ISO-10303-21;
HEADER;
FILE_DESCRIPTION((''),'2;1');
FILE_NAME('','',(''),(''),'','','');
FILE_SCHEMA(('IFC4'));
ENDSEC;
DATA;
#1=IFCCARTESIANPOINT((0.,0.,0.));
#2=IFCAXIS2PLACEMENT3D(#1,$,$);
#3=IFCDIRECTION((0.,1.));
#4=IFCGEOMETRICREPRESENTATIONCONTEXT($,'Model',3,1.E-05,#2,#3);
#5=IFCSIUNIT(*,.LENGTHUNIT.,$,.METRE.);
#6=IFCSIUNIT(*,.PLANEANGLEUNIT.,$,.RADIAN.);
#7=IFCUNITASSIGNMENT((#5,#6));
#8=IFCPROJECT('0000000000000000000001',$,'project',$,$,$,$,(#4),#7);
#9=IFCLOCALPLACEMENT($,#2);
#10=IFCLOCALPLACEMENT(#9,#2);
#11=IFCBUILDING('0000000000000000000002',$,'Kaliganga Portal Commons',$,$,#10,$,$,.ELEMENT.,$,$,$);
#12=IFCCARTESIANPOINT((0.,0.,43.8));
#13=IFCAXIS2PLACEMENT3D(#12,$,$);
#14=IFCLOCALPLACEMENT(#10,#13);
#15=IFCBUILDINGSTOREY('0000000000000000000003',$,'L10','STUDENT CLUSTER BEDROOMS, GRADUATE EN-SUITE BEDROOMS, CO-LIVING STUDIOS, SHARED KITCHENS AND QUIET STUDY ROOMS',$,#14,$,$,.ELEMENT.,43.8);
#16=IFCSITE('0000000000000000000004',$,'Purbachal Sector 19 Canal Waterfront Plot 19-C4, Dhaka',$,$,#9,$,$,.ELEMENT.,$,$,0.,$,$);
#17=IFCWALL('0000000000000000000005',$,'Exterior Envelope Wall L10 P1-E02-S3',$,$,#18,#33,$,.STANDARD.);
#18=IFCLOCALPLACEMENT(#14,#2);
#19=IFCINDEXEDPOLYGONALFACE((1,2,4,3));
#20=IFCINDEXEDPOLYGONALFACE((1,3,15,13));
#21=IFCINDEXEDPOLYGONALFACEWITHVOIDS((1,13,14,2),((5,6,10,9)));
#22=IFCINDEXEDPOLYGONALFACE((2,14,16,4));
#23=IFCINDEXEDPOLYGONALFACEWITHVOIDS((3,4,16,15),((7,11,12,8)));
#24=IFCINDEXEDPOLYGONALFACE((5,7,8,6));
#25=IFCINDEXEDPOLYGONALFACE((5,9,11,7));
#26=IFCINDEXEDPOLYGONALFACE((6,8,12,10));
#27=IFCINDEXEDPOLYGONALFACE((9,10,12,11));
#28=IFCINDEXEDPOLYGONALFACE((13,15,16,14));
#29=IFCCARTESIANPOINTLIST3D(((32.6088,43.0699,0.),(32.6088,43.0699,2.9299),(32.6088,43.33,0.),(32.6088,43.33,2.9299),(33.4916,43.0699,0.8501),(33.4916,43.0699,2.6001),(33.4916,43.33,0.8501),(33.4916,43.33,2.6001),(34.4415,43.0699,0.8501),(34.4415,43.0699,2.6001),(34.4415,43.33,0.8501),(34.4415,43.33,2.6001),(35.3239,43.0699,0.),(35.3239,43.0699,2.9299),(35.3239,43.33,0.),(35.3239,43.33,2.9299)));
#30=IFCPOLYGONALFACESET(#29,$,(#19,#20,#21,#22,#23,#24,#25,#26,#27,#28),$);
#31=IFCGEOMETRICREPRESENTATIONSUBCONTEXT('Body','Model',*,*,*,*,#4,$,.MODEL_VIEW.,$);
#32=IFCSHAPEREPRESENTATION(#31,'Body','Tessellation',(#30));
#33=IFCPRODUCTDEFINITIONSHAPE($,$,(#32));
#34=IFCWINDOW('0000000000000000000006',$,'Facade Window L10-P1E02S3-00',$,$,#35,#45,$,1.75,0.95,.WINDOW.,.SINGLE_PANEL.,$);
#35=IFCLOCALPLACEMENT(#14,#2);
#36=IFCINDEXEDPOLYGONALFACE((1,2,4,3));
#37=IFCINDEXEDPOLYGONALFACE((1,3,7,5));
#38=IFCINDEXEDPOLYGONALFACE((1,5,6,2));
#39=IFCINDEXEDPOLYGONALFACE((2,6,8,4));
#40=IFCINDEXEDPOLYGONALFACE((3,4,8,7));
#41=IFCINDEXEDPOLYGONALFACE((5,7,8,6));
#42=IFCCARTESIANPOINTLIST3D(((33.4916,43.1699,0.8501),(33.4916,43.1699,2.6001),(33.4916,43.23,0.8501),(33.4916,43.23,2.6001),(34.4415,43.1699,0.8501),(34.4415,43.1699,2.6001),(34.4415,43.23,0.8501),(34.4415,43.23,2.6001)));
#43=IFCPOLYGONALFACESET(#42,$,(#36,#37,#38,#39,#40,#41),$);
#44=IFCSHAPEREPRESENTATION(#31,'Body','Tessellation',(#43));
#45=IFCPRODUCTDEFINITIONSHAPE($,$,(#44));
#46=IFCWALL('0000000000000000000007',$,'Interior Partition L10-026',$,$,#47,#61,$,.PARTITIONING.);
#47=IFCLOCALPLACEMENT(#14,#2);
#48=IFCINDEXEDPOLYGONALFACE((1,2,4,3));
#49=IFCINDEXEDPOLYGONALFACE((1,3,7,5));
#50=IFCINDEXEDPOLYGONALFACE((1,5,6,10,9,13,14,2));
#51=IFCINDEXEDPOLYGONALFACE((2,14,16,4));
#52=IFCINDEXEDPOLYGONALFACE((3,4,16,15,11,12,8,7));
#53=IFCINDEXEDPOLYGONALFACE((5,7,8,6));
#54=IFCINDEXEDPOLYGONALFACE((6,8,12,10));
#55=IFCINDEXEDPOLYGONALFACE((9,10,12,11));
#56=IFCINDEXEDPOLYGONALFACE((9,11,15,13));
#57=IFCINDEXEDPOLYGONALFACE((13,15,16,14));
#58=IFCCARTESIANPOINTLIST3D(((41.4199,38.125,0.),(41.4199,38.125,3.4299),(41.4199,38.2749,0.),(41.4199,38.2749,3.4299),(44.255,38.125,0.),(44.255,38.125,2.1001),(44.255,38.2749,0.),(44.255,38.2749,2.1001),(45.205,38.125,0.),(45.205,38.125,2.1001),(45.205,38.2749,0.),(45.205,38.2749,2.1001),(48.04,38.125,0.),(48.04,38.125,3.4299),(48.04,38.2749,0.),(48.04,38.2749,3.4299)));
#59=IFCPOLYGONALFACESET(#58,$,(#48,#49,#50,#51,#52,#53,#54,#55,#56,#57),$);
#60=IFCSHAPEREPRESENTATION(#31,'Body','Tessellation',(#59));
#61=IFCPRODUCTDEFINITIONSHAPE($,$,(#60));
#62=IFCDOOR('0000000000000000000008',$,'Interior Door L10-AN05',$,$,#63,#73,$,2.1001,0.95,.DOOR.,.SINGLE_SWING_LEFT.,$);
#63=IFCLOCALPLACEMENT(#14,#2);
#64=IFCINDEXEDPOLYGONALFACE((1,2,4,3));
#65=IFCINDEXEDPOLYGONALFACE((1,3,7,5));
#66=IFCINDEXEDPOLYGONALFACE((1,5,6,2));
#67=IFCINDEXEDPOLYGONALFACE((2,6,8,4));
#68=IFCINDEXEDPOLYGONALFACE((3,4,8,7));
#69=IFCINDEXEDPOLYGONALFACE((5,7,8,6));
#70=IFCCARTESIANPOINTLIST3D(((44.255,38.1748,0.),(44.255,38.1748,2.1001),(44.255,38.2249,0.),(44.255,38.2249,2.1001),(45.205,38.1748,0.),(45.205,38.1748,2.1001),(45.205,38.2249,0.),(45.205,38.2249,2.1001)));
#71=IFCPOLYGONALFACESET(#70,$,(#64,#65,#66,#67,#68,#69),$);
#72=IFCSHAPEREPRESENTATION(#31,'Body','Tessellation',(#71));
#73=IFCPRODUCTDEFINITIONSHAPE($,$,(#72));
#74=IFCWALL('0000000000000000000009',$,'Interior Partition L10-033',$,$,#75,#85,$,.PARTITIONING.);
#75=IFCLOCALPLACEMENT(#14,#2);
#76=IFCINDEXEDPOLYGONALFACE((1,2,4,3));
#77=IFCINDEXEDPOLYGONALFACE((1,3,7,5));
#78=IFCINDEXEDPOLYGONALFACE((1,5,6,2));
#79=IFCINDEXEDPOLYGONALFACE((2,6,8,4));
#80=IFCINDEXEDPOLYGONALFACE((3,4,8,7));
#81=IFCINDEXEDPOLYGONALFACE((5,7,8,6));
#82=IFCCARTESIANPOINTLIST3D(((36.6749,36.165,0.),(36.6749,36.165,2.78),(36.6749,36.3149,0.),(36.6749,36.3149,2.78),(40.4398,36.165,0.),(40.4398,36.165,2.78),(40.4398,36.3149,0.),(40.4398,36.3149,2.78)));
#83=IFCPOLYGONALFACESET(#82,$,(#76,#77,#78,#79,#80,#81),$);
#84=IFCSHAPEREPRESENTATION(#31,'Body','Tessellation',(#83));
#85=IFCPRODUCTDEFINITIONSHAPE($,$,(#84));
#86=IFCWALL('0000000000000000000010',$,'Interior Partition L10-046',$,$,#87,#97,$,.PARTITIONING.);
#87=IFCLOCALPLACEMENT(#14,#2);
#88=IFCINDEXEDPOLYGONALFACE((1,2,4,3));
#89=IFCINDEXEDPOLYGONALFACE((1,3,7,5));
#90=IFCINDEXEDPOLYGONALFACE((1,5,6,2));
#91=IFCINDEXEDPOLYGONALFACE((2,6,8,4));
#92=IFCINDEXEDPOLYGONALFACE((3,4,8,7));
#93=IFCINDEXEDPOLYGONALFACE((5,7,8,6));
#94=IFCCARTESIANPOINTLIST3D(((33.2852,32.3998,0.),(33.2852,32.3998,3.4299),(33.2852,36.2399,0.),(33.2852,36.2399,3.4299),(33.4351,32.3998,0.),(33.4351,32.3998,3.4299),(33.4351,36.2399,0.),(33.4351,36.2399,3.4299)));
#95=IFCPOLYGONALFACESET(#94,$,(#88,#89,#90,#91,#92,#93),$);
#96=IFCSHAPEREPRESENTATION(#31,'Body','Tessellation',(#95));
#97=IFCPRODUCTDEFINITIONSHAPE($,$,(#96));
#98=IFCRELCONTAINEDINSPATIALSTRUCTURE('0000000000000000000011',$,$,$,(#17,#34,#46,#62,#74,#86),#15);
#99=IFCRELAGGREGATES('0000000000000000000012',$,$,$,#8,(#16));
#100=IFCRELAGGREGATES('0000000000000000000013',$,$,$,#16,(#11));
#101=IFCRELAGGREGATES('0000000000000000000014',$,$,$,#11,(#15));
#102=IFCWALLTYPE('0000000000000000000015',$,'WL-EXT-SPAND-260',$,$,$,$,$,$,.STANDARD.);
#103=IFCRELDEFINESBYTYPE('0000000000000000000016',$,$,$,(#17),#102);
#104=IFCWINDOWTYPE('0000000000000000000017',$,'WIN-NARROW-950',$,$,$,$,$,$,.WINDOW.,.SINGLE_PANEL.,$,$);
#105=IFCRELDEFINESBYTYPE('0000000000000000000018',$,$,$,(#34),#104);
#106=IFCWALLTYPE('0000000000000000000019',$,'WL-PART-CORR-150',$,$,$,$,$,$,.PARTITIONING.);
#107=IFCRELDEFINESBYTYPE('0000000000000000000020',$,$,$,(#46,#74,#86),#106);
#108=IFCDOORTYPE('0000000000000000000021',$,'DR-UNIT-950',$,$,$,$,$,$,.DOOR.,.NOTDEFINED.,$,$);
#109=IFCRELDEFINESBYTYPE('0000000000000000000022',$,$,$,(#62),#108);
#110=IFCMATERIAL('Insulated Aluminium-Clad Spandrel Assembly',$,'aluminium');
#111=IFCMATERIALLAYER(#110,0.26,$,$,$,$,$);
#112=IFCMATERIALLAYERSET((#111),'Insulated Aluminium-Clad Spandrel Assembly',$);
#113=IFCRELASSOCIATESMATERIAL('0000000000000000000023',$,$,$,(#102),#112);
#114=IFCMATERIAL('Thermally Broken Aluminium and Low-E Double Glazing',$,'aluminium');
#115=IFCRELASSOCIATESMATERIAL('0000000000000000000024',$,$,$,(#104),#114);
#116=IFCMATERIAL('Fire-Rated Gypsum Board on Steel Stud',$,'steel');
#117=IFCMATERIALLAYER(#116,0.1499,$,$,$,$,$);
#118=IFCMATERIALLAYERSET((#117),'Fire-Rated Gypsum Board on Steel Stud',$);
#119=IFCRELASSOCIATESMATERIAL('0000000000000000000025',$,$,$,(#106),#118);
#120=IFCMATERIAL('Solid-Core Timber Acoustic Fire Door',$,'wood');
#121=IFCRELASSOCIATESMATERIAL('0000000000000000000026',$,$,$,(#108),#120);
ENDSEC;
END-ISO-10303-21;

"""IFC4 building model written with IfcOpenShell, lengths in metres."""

from ifc_helpers import new_model, si_unit, direction, frame, frame_2d, origin, place, context, subcontext, project, spatial, rectangle, extrude, material, layer, layer_set, type_object, element, fill, save


model = new_model("IFC4")

# Units and contexts
model_context = context("Model", 3, precision=1e-05, world=origin(), true_north=direction((0.0, 1.0)))
body_context = subcontext(model_context, "Body", "Model", "MODEL_VIEW")
ifc_project = project(units=[si_unit("LENGTHUNIT", "METRE"), si_unit("PLANEANGLEUNIT", "RADIAN")], contexts=[model_context])

# Site, building, storey
site_placement = place(None, origin())
site = spatial("IfcSite", under=ifc_project, at=site_placement, Name="Purbachal Sector 19 Canal Waterfront Plot 19-C4, Dhaka", CompositionType="ELEMENT", RefElevation=0.0)
building_placement = place(site_placement, origin())
building = spatial("IfcBuilding", under=site, at=building_placement, Name="Kaliganga Portal Commons", CompositionType="ELEMENT")
storey_placement = place(building_placement, frame((0.0, 0.0, 43.8)))
storey = spatial("IfcBuildingStorey", under=building, at=storey_placement, Name="L10", Description="STUDENT CLUSTER BEDROOMS, GRADUATE EN-SUITE BEDROOMS, CO-LIVING STUDIOS, SHARED KITCHENS AND QUIET STUDY ROOMS", CompositionType="ELEMENT", Elevation=43.8)

# Shared definitions
ifc_material_1 = material(Name="Insulated Aluminium-Clad Spandrel Assembly", Category="aluminium")
ifc_layer_1 = layer(ifc_material_1, 0.26)
ifc_layer_set_1 = layer_set([ifc_layer_1], Name="Insulated Aluminium-Clad Spandrel Assembly")
wall_type_1 = type_object("IfcWallType", Name="WL-EXT-SPAND-260", PredefinedType="STANDARD", material=ifc_layer_set_1)
ifc_material_2 = material(Name="Thermally Broken Aluminium and Low-E Double Glazing", Category="aluminium")

# Wall, opening, window
wall_1_placement = place(storey_placement, frame((32.6089, 43.2, 0.0), z_axis=(0.0, 0.0, 1.0), x_axis=(1.0, 0.0, 0.0)))
wall_1 = element("IfcWall", 1, at=wall_1_placement, inside=storey, type_object=wall_type_1, Name="Exterior Envelope Wall L10 P1-E02-S3", PredefinedType="STANDARD", context=body_context, shape_type="SweptSolid", body=[
    extrude(rectangle(XDim=2.7151, YDim=0.26, at=frame_2d((1.3574, 0.0))), origin(), (0.0, 0.0, 1.0), 2.9299),
])
opening_1_placement = place(wall_1_placement, frame((0.8826, 0.0, 0.8501)))
opening_1 = element("IfcOpeningElement", 2, at=opening_1_placement, cuts=wall_1, PredefinedType="OPENING", context=body_context, shape_type="SweptSolid", body=[
    extrude(rectangle(XDim=0.95, YDim=1.75, at=frame_2d((0.4751, 0.875))), frame((0.0, 0.1401, 0.0), z_axis=(0.0, -1.0, 0.0), x_axis=(1.0, 0.0, 0.0)), (0.0, 0.0, 1.0), 0.28),
])
window_type_1 = type_object("IfcWindowType", Name="WIN-NARROW-950", PartitioningType="SINGLE_PANEL", PredefinedType="WINDOW", material=ifc_material_2)
window_1_placement = place(opening_1_placement, origin())
window_1 = element("IfcWindow", 3, at=window_1_placement, inside=storey, type_object=window_type_1, Name="Facade Window L10-P1E02S3-00", OverallHeight=1.75, OverallWidth=0.95, PartitioningType="SINGLE_PANEL", PredefinedType="WINDOW", context=body_context, shape_type="SweptSolid", body=[
    extrude(rectangle(XDim=0.95, YDim=1.75, at=frame_2d((0.4751, 0.875))), frame((0.0, 0.03, 0.0), z_axis=(0.0, -1.0, 0.0), x_axis=(1.0, 0.0, 0.0)), (0.0, 0.0, 1.0), 0.0601),
])
fill(opening_1, window_1)

# Wall, opening, door
ifc_material_3 = material(Name="Fire-Rated Gypsum Board on Steel Stud", Category="steel")
ifc_layer_2 = layer(ifc_material_3, 0.1499)
ifc_layer_set_2 = layer_set([ifc_layer_2], Name="Fire-Rated Gypsum Board on Steel Stud")
wall_type_2 = type_object("IfcWallType", Name="WL-PART-CORR-150", PredefinedType="PARTITIONING", material=ifc_layer_set_2)
wall_2_placement = place(storey_placement, frame((41.4199, 38.2, 0.0), z_axis=(0.0, 0.0, 1.0), x_axis=(1.0, 0.0, 0.0)))
wall_2 = element("IfcWall", 4, at=wall_2_placement, inside=storey, type_object=wall_type_2, Name="Interior Partition L10-026", PredefinedType="PARTITIONING", context=body_context, shape_type="SweptSolid", body=[
    extrude(rectangle(XDim=6.6201, YDim=0.1499, at=frame_2d((3.3101, 0.0))), origin(), (0.0, 0.0, 1.0), 3.4299),
])
opening_2_placement = place(wall_2_placement, frame((2.835, 0.0, 0.0)))
opening_2 = element("IfcOpeningElement", 5, at=opening_2_placement, cuts=wall_2, PredefinedType="OPENING", context=body_context, shape_type="SweptSolid", body=[
    extrude(rectangle(XDim=0.95, YDim=2.1001, at=frame_2d((0.4751, 1.05))), frame((0.0, 0.085, 0.0), z_axis=(0.0, -1.0, 0.0), x_axis=(1.0, 0.0, 0.0)), (0.0, 0.0, 1.0), 0.1699),
])
ifc_material_4 = material(Name="Solid-Core Timber Acoustic Fire Door", Category="wood")
door_type_1 = type_object("IfcDoorType", Name="DR-UNIT-950", OperationType="NOTDEFINED", PredefinedType="DOOR", material=ifc_material_4)
door_1_placement = place(opening_2_placement, origin())
door_1 = element("IfcDoor", 6, at=door_1_placement, inside=storey, type_object=door_type_1, Name="Interior Door L10-AN05", OperationType="SINGLE_SWING_LEFT", OverallHeight=2.1001, OverallWidth=0.95, PredefinedType="DOOR", context=body_context, shape_type="SweptSolid", body=[
    extrude(rectangle(XDim=0.95, YDim=2.1001, at=frame_2d((0.4751, 1.05))), frame((0.0, 0.0249, 0.0), z_axis=(0.0, -1.0, 0.0), x_axis=(1.0, 0.0, 0.0)), (0.0, 0.0, 1.0), 0.05),
])
fill(opening_2, door_1)

# Wall
wall_3_placement = place(storey_placement, frame((36.675, 36.24, 0.0), z_axis=(0.0, 0.0, 1.0), x_axis=(1.0, 0.0, 0.0)))
element("IfcWall", 7, at=wall_3_placement, inside=storey, type_object=wall_type_2, Name="Interior Partition L10-033", PredefinedType="PARTITIONING", context=body_context, shape_type="SweptSolid", body=[
    extrude(rectangle(XDim=3.7649, YDim=0.1499, at=frame_2d((1.8823, 0.0))), origin(), (0.0, 0.0, 1.0), 2.78),
])

# Wall
wall_4_placement = place(storey_placement, frame((33.3601, 32.3999, 0.0), z_axis=(0.0, 0.0, 1.0), x_axis=(0.0, 1.0, 0.0)))
element("IfcWall", 8, at=wall_4_placement, inside=storey, type_object=wall_type_2, Name="Interior Partition L10-046", PredefinedType="PARTITIONING", context=body_context, shape_type="SweptSolid", body=[
    extrude(rectangle(XDim=3.8401, YDim=0.1499, at=frame_2d((1.9199, 0.0))), origin(), (0.0, 0.0, 1.0), 3.4299),
])

save(model, "model.ifc")
